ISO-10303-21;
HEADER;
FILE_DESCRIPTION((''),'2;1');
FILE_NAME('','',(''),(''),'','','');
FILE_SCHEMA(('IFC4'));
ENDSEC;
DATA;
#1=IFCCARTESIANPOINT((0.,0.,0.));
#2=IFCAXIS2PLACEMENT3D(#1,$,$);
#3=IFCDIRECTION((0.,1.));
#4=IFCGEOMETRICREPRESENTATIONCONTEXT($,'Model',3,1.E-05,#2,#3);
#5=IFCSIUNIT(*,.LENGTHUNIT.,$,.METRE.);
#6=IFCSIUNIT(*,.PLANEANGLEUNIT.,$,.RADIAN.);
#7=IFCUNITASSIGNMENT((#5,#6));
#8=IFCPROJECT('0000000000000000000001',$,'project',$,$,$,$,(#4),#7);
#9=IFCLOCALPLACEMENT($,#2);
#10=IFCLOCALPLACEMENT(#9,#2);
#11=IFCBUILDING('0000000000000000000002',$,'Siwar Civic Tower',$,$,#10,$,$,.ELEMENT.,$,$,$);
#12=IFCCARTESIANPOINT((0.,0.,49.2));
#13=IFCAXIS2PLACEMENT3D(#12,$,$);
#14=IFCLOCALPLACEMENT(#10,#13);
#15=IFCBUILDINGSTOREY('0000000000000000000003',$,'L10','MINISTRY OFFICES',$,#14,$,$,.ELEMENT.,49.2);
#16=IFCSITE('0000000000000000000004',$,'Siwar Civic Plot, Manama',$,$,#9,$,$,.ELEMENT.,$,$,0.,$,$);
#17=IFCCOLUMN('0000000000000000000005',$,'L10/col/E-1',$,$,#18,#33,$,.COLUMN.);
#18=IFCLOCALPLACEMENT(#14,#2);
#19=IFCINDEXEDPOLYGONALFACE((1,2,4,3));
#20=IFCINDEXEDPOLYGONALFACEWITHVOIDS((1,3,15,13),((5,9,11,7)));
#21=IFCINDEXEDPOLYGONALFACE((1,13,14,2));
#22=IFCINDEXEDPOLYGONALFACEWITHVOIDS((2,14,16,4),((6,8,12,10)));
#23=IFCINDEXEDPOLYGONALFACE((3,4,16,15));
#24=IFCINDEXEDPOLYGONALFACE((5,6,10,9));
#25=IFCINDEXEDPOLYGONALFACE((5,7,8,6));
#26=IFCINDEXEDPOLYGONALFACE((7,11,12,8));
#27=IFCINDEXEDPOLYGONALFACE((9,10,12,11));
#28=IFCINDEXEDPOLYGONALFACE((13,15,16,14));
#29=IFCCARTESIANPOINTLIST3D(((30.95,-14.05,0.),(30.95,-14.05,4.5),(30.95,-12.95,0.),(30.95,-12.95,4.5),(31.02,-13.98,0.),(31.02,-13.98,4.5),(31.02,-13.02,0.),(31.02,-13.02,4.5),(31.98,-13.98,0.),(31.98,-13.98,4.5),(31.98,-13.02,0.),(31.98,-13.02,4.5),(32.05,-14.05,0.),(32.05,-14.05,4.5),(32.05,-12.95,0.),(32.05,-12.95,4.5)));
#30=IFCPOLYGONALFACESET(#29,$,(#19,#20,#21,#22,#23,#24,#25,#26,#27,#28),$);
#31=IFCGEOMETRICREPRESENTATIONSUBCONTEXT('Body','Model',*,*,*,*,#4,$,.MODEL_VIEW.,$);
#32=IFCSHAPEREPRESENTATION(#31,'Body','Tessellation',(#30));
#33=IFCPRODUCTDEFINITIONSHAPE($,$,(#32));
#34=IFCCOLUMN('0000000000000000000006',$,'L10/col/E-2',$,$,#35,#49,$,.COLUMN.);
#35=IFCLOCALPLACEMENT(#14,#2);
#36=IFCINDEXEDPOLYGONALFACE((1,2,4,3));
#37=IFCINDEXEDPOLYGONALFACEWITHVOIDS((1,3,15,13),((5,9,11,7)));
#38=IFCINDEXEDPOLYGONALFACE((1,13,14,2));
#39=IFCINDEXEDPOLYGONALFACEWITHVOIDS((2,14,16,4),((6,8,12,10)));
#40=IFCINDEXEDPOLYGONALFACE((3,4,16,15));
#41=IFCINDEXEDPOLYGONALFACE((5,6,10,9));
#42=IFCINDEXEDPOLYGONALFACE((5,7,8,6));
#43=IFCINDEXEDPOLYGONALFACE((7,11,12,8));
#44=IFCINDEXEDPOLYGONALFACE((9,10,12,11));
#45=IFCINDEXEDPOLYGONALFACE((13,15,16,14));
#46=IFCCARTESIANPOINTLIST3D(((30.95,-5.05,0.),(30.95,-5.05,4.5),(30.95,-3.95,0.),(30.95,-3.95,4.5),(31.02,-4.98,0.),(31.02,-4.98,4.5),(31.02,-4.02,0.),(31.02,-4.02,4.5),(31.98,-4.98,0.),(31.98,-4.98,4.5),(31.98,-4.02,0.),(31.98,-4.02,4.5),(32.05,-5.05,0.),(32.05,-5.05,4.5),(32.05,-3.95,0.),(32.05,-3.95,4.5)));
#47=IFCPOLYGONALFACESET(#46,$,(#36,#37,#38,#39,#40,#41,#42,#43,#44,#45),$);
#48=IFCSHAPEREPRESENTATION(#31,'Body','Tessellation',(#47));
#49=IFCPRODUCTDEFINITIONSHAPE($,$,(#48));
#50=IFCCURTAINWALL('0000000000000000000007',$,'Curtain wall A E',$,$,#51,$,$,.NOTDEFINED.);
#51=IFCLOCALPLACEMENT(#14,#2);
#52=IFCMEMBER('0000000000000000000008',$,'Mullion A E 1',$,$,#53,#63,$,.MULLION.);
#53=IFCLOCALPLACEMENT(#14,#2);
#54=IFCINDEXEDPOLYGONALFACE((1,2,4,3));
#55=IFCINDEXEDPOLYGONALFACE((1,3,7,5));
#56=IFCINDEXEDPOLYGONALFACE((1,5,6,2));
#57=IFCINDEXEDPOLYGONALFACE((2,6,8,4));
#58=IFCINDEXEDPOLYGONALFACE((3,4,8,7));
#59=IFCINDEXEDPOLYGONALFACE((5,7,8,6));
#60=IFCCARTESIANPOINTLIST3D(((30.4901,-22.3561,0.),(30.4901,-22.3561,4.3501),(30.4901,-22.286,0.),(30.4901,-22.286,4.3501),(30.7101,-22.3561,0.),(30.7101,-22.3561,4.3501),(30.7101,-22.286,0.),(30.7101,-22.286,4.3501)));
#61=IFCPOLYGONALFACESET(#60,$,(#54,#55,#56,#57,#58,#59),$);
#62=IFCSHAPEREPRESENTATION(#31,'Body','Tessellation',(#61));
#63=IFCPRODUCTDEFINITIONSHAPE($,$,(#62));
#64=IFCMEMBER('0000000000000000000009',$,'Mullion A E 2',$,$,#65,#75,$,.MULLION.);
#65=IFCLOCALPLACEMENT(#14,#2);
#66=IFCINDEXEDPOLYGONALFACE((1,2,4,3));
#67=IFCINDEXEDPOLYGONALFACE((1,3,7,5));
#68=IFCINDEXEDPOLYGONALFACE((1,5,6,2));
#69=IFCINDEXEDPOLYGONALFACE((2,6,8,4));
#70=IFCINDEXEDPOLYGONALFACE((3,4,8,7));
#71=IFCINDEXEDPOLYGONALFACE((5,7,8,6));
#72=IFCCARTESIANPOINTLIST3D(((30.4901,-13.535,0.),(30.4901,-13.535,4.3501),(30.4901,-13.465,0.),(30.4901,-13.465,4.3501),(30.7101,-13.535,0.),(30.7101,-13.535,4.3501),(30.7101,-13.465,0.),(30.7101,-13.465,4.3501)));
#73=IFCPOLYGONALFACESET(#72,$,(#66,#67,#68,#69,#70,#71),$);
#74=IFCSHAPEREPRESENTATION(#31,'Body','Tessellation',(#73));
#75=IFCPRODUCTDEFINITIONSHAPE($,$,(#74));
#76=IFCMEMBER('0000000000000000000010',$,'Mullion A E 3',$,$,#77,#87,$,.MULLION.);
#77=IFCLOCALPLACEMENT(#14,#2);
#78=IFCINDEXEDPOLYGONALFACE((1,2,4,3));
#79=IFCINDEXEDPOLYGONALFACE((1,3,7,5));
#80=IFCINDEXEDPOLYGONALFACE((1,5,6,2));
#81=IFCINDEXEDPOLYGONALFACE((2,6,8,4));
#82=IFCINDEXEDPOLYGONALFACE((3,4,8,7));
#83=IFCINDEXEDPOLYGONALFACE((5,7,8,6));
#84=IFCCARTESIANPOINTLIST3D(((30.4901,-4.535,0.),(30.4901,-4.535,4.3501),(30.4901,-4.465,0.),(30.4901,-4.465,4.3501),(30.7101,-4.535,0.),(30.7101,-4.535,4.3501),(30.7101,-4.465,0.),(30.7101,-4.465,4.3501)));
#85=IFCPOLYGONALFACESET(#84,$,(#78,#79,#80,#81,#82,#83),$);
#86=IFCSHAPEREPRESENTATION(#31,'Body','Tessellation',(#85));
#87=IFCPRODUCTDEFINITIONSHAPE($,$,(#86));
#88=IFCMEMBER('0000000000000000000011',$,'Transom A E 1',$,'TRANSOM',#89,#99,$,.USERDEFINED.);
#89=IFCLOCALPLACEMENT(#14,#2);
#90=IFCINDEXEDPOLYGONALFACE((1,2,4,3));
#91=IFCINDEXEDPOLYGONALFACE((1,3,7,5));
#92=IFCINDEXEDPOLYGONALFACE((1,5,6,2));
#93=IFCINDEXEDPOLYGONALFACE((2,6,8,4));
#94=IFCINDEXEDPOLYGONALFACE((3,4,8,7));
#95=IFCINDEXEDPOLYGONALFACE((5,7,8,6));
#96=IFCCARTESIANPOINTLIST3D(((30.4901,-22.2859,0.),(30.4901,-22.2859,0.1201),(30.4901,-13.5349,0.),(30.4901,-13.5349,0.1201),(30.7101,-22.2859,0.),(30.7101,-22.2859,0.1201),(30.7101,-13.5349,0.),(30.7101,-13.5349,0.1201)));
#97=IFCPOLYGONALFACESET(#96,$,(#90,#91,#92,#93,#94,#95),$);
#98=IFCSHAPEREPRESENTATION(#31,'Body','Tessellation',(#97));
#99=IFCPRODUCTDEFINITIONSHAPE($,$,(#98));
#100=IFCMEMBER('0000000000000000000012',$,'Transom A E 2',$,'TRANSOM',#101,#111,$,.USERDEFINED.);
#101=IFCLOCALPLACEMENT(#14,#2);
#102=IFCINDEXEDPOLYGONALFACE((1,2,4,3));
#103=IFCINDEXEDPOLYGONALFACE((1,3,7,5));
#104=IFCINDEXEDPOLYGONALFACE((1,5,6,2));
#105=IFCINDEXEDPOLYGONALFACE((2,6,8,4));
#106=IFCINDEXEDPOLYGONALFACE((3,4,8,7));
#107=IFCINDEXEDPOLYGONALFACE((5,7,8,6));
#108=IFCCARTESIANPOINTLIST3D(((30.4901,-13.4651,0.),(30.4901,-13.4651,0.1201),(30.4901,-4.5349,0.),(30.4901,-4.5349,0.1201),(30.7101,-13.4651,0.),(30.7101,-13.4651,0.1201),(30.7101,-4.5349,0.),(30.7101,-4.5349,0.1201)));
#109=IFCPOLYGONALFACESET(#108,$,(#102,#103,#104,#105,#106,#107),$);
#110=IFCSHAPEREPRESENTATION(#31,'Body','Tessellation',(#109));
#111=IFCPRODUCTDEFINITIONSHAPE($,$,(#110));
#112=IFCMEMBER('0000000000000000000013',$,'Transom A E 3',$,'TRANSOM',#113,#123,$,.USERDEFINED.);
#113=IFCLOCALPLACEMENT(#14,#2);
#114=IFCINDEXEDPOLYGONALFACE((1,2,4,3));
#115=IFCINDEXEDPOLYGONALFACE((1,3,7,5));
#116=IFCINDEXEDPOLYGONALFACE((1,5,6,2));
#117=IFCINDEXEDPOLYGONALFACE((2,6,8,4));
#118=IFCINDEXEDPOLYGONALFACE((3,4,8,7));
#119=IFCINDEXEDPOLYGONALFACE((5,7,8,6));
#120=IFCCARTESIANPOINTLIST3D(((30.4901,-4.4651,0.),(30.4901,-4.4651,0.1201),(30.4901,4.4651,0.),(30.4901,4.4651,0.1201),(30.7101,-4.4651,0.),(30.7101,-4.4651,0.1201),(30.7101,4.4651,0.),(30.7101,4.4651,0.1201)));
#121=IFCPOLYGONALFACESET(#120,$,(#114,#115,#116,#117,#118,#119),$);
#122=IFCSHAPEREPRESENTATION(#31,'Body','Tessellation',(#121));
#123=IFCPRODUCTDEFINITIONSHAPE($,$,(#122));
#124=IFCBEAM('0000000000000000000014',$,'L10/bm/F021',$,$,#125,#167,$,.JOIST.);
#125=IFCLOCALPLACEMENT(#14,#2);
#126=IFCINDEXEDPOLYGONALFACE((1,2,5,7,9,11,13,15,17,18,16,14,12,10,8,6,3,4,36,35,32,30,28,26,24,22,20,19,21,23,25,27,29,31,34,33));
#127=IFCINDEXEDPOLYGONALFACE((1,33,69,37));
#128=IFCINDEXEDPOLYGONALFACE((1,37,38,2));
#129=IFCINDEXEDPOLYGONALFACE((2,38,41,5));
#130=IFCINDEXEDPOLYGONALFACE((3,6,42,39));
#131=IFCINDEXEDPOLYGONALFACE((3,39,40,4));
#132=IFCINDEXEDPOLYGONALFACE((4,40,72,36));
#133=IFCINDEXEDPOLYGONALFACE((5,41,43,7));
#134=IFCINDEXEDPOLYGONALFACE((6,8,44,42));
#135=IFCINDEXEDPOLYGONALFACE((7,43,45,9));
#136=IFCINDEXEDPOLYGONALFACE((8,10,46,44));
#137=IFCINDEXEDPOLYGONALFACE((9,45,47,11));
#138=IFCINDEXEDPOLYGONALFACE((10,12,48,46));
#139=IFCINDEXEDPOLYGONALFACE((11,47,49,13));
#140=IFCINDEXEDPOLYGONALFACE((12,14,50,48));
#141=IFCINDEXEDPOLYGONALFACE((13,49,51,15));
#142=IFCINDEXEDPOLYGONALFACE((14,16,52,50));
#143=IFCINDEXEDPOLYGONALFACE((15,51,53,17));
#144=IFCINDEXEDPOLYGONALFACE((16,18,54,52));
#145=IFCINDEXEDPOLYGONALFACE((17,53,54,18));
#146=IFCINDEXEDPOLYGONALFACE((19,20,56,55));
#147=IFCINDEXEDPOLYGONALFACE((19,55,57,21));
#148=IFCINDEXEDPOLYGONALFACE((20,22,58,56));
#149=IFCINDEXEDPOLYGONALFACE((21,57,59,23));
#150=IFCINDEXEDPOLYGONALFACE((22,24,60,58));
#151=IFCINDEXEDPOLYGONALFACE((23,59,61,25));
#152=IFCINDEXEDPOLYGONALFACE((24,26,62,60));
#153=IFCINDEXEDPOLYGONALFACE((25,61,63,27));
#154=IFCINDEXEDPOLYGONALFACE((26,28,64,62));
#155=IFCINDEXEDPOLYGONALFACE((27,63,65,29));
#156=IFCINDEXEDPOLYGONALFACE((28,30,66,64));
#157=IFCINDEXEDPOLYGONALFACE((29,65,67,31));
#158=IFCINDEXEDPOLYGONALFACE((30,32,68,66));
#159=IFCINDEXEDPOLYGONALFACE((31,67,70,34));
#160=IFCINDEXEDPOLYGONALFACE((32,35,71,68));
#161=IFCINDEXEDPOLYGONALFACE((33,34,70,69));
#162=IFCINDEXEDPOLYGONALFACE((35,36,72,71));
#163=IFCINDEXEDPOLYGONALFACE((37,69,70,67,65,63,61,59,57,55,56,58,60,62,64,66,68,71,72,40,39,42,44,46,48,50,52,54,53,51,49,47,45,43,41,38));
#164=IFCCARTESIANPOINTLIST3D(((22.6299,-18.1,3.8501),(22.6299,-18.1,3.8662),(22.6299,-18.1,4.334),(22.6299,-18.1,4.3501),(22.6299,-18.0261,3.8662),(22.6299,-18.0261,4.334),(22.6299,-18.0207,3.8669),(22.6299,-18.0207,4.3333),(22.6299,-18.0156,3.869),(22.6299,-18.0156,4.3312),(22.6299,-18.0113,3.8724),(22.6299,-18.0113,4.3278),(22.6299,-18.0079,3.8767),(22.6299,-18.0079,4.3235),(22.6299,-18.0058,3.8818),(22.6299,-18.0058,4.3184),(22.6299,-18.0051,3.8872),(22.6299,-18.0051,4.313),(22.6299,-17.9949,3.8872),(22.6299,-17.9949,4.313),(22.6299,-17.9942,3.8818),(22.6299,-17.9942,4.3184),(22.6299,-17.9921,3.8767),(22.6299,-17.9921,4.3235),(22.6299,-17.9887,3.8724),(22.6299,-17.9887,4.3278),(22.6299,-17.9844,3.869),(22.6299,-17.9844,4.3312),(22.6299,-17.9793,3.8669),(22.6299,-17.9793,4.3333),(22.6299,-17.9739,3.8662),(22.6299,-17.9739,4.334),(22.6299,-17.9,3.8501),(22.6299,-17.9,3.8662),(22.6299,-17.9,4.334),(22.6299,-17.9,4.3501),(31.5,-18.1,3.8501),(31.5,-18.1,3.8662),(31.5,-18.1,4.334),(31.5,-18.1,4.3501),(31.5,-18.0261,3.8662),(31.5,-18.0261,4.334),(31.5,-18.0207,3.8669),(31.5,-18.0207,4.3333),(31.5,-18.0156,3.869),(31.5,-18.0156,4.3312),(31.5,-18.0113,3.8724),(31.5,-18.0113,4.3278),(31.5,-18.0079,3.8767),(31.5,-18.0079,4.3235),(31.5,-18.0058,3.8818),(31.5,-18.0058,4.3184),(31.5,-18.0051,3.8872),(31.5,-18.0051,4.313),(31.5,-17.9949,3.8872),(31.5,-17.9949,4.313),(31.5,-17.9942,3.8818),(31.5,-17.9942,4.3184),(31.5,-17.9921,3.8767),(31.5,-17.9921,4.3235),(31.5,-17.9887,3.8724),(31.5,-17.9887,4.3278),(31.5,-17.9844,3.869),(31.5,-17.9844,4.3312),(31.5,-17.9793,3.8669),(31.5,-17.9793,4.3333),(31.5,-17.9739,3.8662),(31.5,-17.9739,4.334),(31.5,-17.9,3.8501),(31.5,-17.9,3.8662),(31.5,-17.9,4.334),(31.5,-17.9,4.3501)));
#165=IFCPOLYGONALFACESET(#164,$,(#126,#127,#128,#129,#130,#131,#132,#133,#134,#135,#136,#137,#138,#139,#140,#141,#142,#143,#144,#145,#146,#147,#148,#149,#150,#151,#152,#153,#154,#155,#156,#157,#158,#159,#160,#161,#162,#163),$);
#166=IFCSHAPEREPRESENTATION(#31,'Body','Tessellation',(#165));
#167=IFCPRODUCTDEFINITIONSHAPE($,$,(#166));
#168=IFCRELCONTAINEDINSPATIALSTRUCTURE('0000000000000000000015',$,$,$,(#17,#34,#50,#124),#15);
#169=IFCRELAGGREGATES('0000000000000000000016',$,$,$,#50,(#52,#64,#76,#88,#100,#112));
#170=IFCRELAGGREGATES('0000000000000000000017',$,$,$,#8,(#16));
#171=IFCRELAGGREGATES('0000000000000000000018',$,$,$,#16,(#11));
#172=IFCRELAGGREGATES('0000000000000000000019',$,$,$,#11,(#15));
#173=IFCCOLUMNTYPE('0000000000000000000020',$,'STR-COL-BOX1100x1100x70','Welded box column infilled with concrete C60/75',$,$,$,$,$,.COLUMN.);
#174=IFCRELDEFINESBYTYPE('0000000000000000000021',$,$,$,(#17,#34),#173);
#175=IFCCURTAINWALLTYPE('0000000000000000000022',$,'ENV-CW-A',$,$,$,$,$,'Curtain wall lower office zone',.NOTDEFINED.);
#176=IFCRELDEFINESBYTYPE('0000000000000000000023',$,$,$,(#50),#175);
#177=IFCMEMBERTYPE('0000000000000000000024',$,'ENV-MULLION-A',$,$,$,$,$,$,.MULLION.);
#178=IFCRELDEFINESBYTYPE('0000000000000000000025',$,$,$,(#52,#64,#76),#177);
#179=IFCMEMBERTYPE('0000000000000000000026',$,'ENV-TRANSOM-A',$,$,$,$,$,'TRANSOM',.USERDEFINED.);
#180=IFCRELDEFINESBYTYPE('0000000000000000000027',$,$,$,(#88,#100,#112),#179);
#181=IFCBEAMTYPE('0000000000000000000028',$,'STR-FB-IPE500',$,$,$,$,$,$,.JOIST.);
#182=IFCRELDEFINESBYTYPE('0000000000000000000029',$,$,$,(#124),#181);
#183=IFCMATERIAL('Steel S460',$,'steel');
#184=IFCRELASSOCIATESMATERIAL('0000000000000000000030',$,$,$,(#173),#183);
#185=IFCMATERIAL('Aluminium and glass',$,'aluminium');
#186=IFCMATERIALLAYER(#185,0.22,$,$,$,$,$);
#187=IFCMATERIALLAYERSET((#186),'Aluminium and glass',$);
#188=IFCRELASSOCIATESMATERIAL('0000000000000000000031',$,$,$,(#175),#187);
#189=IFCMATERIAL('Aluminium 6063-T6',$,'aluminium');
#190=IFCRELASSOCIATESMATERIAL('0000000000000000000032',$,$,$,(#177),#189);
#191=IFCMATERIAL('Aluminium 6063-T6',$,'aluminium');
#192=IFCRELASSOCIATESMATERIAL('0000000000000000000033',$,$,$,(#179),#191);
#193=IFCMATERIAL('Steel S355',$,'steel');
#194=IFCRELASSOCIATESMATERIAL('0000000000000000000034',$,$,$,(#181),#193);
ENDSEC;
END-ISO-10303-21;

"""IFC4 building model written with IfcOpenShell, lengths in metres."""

from ifc_helpers import new_model, si_unit, direction, frame, origin, origin_2d, place, context, subcontext, project, spatial, rectangle, hollow_rectangle, i_section, extrude, material, layer, layer_set, material_profile, profile_set, type_object, element, aggregate, save


model = new_model("IFC4")

# Units and contexts
model_context = context("Model", 3, precision=1e-05, world=origin(), true_north=direction((0.0, 1.0)))
body_context = subcontext(model_context, "Body", "Model", "MODEL_VIEW")
ifc_project = project(units=[si_unit("LENGTHUNIT", "METRE"), si_unit("PLANEANGLEUNIT", "RADIAN")], contexts=[model_context])

# Site, building, storey
site_placement = place(None, origin())
site = spatial("IfcSite", under=ifc_project, at=site_placement, Name="Siwar Civic Plot, Manama", CompositionType="ELEMENT", RefElevation=0.0)
building_placement = place(site_placement, origin())
building = spatial("IfcBuilding", under=site, at=building_placement, Name="Siwar Civic Tower", CompositionType="ELEMENT")
storey_placement = place(building_placement, frame((0.0, 0.0, 49.2)))
storey = spatial("IfcBuildingStorey", under=building, at=storey_placement, Name="L10", Description="MINISTRY OFFICES", CompositionType="ELEMENT", Elevation=49.2)

# Columns
ifc_material_1 = material(Name="Steel S460", Category="steel")
ifc_material_profile_1 = material_profile(ifc_material_1, hollow_rectangle(XDim=1.1001, YDim=1.1001, WallThickness=0.0701, at=origin_2d()), Name="BOX1100x1100x70")
ifc_profile_set_1 = profile_set([ifc_material_profile_1], Name="Steel S460")
column_type = type_object("IfcColumnType", Name="STR-COL-BOX1100x1100x70", Description="Welded box column infilled with concrete C60/75", PredefinedType="COLUMN", material=ifc_profile_set_1)
for number, where, z_axis, x_axis, name in (
    (1, (31.5, -13.5, 0.0), (0.0, 0.0, 1.0), (1.0, 0.0, 0.0), "L10/col/E-1"),
    (2, (31.5, -4.5, 0.0), (0.0, 0.0, 1.0), (1.0, 0.0, 0.0), "L10/col/E-2"),
):
    element("IfcColumn", number, at=place(storey_placement, frame(where, z_axis=z_axis, x_axis=x_axis)), inside=storey, type_object=column_type, Name=name, PredefinedType="COLUMN", context=body_context, shape_type="SweptSolid", body=[
        extrude(hollow_rectangle(XDim=1.1001, YDim=1.1001, WallThickness=0.0701, at=origin_2d()), origin(), (0.0, 0.0, 1.0), 4.5),
    ])

# Curtain wall, members
ifc_material_2 = material(Name="Aluminium and glass", Category="aluminium")
ifc_layer_1 = layer(ifc_material_2, 0.22)
ifc_layer_set_1 = layer_set([ifc_layer_1], Name="Aluminium and glass")
curtain_wall_type = type_object("IfcCurtainWallType", Name="ENV-CW-A", ElementType="Curtain wall lower office zone", PredefinedType="NOTDEFINED", material=ifc_layer_set_1)
curtain_wall_placement = place(storey_placement, origin())
curtain_wall = element("IfcCurtainWall", 3, at=curtain_wall_placement, inside=storey, type_object=curtain_wall_type, Name="Curtain wall A E", PredefinedType="NOTDEFINED")
ifc_material_3 = material(Name="Aluminium 6063-T6", Category="aluminium")
ifc_material_profile_2 = material_profile(ifc_material_3, rectangle(XDim=0.22, YDim=0.0701, at=origin_2d()), Name="AL 220x70")
ifc_profile_set_2 = profile_set([ifc_material_profile_2], Name="Aluminium 6063-T6")
member_type_1 = type_object("IfcMemberType", Name="ENV-MULLION-A", PredefinedType="MULLION", material=ifc_profile_set_2)
member_1_placement = place(storey_placement, frame((30.6001, -22.321, 0.0), z_axis=(0.0, 0.0, 1.0), x_axis=(-1.0, 0.0, 0.0)))
member_1 = element("IfcMember", 4, at=member_1_placement, type_object=member_type_1, Name="Mullion A E 1", PredefinedType="MULLION", context=body_context, shape_type="SweptSolid", body=[
    extrude(rectangle(XDim=0.22, YDim=0.0701, at=origin_2d()), origin(), (0.0, 0.0, 1.0), 4.3501),
])
member_2_placement = place(storey_placement, frame((30.6001, -13.5, 0.0), z_axis=(0.0, 0.0, 1.0), x_axis=(-1.0, 0.0, 0.0)))
member_2 = element("IfcMember", 5, at=member_2_placement, type_object=member_type_1, Name="Mullion A E 2", PredefinedType="MULLION", context=body_context, shape_type="SweptSolid", body=[
    extrude(rectangle(XDim=0.22, YDim=0.0701, at=origin_2d()), origin(), (0.0, 0.0, 1.0), 4.3501),
])
member_3_placement = place(storey_placement, frame((30.6001, -4.5, 0.0), z_axis=(0.0, 0.0, 1.0), x_axis=(-1.0, 0.0, 0.0)))
member_3 = element("IfcMember", 6, at=member_3_placement, type_object=member_type_1, Name="Mullion A E 3", PredefinedType="MULLION", context=body_context, shape_type="SweptSolid", body=[
    extrude(rectangle(XDim=0.22, YDim=0.0701, at=origin_2d()), origin(), (0.0, 0.0, 1.0), 4.3501),
])
ifc_material_4 = material(Name="Aluminium 6063-T6", Category="aluminium")
ifc_material_profile_3 = material_profile(ifc_material_4, rectangle(XDim=0.22, YDim=0.1201, at=origin_2d()), Name="AL 220x120")
ifc_profile_set_3 = profile_set([ifc_material_profile_3], Name="Aluminium 6063-T6")
member_type_2 = type_object("IfcMemberType", Name="ENV-TRANSOM-A", ElementType="TRANSOM", PredefinedType="USERDEFINED", material=ifc_profile_set_3)
member_4_placement = place(storey_placement, frame((30.6001, -22.2859, 0.0601), z_axis=(0.0, 1.0, 0.0), x_axis=(-1.0, 0.0, 0.0)))
member_4 = element("IfcMember", 7, at=member_4_placement, type_object=member_type_2, Name="Transom A E 1", ObjectType="TRANSOM", PredefinedType="USERDEFINED", context=body_context, shape_type="SweptSolid", body=[
    extrude(rectangle(XDim=0.22, YDim=0.1201, at=origin_2d()), origin(), (0.0, 0.0, 1.0), 8.751),
])
member_5_placement = place(storey_placement, frame((30.6001, -13.4651, 0.0601), z_axis=(0.0, 1.0, 0.0), x_axis=(-1.0, 0.0, 0.0)))
member_5 = element("IfcMember", 8, at=member_5_placement, type_object=member_type_2, Name="Transom A E 2", ObjectType="TRANSOM", PredefinedType="USERDEFINED", context=body_context, shape_type="SweptSolid", body=[
    extrude(rectangle(XDim=0.22, YDim=0.1201, at=origin_2d()), origin(), (0.0, 0.0, 1.0), 8.9302),
])
member_6_placement = place(storey_placement, frame((30.6001, -4.4651, 0.0601), z_axis=(0.0, 1.0, 0.0), x_axis=(-1.0, 0.0, 0.0)))
member_6 = element("IfcMember", 9, at=member_6_placement, type_object=member_type_2, Name="Transom A E 3", ObjectType="TRANSOM", PredefinedType="USERDEFINED", context=body_context, shape_type="SweptSolid", body=[
    extrude(rectangle(XDim=0.22, YDim=0.1201, at=origin_2d()), origin(), (0.0, 0.0, 1.0), 8.9302),
])

# Beam
ifc_material_5 = material(Name="Steel S355", Category="steel")
ifc_material_profile_4 = material_profile(ifc_material_5, i_section(OverallWidth=0.2, OverallDepth=0.5, WebThickness=0.0103, FlangeThickness=0.0161, FilletRadius=0.021, at=origin_2d()), Name="IPE500")
ifc_profile_set_4 = profile_set([ifc_material_profile_4], Name="Steel S355")
beam_type_1 = type_object("IfcBeamType", Name="STR-FB-IPE500", PredefinedType="JOIST", material=ifc_profile_set_4)
beam_1_placement = place(storey_placement, frame((22.6299, -18.0, 4.1001), z_axis=(1.0, 0.0, 0.0), x_axis=(0.0, 1.0, 0.0)))
element("IfcBeam", 10, at=beam_1_placement, inside=storey, type_object=beam_type_1, Name="L10/bm/F021", PredefinedType="JOIST", context=body_context, shape_type="SweptSolid", body=[
    extrude(i_section(OverallWidth=0.2, OverallDepth=0.5, WebThickness=0.0103, FlangeThickness=0.0161, FilletRadius=0.021, at=origin_2d()), origin(), (0.0, 0.0, 1.0), 8.8701),
])

aggregate(curtain_wall, [member_1, member_2, member_3, member_4, member_5, member_6])

save(model, "model.ifc")
